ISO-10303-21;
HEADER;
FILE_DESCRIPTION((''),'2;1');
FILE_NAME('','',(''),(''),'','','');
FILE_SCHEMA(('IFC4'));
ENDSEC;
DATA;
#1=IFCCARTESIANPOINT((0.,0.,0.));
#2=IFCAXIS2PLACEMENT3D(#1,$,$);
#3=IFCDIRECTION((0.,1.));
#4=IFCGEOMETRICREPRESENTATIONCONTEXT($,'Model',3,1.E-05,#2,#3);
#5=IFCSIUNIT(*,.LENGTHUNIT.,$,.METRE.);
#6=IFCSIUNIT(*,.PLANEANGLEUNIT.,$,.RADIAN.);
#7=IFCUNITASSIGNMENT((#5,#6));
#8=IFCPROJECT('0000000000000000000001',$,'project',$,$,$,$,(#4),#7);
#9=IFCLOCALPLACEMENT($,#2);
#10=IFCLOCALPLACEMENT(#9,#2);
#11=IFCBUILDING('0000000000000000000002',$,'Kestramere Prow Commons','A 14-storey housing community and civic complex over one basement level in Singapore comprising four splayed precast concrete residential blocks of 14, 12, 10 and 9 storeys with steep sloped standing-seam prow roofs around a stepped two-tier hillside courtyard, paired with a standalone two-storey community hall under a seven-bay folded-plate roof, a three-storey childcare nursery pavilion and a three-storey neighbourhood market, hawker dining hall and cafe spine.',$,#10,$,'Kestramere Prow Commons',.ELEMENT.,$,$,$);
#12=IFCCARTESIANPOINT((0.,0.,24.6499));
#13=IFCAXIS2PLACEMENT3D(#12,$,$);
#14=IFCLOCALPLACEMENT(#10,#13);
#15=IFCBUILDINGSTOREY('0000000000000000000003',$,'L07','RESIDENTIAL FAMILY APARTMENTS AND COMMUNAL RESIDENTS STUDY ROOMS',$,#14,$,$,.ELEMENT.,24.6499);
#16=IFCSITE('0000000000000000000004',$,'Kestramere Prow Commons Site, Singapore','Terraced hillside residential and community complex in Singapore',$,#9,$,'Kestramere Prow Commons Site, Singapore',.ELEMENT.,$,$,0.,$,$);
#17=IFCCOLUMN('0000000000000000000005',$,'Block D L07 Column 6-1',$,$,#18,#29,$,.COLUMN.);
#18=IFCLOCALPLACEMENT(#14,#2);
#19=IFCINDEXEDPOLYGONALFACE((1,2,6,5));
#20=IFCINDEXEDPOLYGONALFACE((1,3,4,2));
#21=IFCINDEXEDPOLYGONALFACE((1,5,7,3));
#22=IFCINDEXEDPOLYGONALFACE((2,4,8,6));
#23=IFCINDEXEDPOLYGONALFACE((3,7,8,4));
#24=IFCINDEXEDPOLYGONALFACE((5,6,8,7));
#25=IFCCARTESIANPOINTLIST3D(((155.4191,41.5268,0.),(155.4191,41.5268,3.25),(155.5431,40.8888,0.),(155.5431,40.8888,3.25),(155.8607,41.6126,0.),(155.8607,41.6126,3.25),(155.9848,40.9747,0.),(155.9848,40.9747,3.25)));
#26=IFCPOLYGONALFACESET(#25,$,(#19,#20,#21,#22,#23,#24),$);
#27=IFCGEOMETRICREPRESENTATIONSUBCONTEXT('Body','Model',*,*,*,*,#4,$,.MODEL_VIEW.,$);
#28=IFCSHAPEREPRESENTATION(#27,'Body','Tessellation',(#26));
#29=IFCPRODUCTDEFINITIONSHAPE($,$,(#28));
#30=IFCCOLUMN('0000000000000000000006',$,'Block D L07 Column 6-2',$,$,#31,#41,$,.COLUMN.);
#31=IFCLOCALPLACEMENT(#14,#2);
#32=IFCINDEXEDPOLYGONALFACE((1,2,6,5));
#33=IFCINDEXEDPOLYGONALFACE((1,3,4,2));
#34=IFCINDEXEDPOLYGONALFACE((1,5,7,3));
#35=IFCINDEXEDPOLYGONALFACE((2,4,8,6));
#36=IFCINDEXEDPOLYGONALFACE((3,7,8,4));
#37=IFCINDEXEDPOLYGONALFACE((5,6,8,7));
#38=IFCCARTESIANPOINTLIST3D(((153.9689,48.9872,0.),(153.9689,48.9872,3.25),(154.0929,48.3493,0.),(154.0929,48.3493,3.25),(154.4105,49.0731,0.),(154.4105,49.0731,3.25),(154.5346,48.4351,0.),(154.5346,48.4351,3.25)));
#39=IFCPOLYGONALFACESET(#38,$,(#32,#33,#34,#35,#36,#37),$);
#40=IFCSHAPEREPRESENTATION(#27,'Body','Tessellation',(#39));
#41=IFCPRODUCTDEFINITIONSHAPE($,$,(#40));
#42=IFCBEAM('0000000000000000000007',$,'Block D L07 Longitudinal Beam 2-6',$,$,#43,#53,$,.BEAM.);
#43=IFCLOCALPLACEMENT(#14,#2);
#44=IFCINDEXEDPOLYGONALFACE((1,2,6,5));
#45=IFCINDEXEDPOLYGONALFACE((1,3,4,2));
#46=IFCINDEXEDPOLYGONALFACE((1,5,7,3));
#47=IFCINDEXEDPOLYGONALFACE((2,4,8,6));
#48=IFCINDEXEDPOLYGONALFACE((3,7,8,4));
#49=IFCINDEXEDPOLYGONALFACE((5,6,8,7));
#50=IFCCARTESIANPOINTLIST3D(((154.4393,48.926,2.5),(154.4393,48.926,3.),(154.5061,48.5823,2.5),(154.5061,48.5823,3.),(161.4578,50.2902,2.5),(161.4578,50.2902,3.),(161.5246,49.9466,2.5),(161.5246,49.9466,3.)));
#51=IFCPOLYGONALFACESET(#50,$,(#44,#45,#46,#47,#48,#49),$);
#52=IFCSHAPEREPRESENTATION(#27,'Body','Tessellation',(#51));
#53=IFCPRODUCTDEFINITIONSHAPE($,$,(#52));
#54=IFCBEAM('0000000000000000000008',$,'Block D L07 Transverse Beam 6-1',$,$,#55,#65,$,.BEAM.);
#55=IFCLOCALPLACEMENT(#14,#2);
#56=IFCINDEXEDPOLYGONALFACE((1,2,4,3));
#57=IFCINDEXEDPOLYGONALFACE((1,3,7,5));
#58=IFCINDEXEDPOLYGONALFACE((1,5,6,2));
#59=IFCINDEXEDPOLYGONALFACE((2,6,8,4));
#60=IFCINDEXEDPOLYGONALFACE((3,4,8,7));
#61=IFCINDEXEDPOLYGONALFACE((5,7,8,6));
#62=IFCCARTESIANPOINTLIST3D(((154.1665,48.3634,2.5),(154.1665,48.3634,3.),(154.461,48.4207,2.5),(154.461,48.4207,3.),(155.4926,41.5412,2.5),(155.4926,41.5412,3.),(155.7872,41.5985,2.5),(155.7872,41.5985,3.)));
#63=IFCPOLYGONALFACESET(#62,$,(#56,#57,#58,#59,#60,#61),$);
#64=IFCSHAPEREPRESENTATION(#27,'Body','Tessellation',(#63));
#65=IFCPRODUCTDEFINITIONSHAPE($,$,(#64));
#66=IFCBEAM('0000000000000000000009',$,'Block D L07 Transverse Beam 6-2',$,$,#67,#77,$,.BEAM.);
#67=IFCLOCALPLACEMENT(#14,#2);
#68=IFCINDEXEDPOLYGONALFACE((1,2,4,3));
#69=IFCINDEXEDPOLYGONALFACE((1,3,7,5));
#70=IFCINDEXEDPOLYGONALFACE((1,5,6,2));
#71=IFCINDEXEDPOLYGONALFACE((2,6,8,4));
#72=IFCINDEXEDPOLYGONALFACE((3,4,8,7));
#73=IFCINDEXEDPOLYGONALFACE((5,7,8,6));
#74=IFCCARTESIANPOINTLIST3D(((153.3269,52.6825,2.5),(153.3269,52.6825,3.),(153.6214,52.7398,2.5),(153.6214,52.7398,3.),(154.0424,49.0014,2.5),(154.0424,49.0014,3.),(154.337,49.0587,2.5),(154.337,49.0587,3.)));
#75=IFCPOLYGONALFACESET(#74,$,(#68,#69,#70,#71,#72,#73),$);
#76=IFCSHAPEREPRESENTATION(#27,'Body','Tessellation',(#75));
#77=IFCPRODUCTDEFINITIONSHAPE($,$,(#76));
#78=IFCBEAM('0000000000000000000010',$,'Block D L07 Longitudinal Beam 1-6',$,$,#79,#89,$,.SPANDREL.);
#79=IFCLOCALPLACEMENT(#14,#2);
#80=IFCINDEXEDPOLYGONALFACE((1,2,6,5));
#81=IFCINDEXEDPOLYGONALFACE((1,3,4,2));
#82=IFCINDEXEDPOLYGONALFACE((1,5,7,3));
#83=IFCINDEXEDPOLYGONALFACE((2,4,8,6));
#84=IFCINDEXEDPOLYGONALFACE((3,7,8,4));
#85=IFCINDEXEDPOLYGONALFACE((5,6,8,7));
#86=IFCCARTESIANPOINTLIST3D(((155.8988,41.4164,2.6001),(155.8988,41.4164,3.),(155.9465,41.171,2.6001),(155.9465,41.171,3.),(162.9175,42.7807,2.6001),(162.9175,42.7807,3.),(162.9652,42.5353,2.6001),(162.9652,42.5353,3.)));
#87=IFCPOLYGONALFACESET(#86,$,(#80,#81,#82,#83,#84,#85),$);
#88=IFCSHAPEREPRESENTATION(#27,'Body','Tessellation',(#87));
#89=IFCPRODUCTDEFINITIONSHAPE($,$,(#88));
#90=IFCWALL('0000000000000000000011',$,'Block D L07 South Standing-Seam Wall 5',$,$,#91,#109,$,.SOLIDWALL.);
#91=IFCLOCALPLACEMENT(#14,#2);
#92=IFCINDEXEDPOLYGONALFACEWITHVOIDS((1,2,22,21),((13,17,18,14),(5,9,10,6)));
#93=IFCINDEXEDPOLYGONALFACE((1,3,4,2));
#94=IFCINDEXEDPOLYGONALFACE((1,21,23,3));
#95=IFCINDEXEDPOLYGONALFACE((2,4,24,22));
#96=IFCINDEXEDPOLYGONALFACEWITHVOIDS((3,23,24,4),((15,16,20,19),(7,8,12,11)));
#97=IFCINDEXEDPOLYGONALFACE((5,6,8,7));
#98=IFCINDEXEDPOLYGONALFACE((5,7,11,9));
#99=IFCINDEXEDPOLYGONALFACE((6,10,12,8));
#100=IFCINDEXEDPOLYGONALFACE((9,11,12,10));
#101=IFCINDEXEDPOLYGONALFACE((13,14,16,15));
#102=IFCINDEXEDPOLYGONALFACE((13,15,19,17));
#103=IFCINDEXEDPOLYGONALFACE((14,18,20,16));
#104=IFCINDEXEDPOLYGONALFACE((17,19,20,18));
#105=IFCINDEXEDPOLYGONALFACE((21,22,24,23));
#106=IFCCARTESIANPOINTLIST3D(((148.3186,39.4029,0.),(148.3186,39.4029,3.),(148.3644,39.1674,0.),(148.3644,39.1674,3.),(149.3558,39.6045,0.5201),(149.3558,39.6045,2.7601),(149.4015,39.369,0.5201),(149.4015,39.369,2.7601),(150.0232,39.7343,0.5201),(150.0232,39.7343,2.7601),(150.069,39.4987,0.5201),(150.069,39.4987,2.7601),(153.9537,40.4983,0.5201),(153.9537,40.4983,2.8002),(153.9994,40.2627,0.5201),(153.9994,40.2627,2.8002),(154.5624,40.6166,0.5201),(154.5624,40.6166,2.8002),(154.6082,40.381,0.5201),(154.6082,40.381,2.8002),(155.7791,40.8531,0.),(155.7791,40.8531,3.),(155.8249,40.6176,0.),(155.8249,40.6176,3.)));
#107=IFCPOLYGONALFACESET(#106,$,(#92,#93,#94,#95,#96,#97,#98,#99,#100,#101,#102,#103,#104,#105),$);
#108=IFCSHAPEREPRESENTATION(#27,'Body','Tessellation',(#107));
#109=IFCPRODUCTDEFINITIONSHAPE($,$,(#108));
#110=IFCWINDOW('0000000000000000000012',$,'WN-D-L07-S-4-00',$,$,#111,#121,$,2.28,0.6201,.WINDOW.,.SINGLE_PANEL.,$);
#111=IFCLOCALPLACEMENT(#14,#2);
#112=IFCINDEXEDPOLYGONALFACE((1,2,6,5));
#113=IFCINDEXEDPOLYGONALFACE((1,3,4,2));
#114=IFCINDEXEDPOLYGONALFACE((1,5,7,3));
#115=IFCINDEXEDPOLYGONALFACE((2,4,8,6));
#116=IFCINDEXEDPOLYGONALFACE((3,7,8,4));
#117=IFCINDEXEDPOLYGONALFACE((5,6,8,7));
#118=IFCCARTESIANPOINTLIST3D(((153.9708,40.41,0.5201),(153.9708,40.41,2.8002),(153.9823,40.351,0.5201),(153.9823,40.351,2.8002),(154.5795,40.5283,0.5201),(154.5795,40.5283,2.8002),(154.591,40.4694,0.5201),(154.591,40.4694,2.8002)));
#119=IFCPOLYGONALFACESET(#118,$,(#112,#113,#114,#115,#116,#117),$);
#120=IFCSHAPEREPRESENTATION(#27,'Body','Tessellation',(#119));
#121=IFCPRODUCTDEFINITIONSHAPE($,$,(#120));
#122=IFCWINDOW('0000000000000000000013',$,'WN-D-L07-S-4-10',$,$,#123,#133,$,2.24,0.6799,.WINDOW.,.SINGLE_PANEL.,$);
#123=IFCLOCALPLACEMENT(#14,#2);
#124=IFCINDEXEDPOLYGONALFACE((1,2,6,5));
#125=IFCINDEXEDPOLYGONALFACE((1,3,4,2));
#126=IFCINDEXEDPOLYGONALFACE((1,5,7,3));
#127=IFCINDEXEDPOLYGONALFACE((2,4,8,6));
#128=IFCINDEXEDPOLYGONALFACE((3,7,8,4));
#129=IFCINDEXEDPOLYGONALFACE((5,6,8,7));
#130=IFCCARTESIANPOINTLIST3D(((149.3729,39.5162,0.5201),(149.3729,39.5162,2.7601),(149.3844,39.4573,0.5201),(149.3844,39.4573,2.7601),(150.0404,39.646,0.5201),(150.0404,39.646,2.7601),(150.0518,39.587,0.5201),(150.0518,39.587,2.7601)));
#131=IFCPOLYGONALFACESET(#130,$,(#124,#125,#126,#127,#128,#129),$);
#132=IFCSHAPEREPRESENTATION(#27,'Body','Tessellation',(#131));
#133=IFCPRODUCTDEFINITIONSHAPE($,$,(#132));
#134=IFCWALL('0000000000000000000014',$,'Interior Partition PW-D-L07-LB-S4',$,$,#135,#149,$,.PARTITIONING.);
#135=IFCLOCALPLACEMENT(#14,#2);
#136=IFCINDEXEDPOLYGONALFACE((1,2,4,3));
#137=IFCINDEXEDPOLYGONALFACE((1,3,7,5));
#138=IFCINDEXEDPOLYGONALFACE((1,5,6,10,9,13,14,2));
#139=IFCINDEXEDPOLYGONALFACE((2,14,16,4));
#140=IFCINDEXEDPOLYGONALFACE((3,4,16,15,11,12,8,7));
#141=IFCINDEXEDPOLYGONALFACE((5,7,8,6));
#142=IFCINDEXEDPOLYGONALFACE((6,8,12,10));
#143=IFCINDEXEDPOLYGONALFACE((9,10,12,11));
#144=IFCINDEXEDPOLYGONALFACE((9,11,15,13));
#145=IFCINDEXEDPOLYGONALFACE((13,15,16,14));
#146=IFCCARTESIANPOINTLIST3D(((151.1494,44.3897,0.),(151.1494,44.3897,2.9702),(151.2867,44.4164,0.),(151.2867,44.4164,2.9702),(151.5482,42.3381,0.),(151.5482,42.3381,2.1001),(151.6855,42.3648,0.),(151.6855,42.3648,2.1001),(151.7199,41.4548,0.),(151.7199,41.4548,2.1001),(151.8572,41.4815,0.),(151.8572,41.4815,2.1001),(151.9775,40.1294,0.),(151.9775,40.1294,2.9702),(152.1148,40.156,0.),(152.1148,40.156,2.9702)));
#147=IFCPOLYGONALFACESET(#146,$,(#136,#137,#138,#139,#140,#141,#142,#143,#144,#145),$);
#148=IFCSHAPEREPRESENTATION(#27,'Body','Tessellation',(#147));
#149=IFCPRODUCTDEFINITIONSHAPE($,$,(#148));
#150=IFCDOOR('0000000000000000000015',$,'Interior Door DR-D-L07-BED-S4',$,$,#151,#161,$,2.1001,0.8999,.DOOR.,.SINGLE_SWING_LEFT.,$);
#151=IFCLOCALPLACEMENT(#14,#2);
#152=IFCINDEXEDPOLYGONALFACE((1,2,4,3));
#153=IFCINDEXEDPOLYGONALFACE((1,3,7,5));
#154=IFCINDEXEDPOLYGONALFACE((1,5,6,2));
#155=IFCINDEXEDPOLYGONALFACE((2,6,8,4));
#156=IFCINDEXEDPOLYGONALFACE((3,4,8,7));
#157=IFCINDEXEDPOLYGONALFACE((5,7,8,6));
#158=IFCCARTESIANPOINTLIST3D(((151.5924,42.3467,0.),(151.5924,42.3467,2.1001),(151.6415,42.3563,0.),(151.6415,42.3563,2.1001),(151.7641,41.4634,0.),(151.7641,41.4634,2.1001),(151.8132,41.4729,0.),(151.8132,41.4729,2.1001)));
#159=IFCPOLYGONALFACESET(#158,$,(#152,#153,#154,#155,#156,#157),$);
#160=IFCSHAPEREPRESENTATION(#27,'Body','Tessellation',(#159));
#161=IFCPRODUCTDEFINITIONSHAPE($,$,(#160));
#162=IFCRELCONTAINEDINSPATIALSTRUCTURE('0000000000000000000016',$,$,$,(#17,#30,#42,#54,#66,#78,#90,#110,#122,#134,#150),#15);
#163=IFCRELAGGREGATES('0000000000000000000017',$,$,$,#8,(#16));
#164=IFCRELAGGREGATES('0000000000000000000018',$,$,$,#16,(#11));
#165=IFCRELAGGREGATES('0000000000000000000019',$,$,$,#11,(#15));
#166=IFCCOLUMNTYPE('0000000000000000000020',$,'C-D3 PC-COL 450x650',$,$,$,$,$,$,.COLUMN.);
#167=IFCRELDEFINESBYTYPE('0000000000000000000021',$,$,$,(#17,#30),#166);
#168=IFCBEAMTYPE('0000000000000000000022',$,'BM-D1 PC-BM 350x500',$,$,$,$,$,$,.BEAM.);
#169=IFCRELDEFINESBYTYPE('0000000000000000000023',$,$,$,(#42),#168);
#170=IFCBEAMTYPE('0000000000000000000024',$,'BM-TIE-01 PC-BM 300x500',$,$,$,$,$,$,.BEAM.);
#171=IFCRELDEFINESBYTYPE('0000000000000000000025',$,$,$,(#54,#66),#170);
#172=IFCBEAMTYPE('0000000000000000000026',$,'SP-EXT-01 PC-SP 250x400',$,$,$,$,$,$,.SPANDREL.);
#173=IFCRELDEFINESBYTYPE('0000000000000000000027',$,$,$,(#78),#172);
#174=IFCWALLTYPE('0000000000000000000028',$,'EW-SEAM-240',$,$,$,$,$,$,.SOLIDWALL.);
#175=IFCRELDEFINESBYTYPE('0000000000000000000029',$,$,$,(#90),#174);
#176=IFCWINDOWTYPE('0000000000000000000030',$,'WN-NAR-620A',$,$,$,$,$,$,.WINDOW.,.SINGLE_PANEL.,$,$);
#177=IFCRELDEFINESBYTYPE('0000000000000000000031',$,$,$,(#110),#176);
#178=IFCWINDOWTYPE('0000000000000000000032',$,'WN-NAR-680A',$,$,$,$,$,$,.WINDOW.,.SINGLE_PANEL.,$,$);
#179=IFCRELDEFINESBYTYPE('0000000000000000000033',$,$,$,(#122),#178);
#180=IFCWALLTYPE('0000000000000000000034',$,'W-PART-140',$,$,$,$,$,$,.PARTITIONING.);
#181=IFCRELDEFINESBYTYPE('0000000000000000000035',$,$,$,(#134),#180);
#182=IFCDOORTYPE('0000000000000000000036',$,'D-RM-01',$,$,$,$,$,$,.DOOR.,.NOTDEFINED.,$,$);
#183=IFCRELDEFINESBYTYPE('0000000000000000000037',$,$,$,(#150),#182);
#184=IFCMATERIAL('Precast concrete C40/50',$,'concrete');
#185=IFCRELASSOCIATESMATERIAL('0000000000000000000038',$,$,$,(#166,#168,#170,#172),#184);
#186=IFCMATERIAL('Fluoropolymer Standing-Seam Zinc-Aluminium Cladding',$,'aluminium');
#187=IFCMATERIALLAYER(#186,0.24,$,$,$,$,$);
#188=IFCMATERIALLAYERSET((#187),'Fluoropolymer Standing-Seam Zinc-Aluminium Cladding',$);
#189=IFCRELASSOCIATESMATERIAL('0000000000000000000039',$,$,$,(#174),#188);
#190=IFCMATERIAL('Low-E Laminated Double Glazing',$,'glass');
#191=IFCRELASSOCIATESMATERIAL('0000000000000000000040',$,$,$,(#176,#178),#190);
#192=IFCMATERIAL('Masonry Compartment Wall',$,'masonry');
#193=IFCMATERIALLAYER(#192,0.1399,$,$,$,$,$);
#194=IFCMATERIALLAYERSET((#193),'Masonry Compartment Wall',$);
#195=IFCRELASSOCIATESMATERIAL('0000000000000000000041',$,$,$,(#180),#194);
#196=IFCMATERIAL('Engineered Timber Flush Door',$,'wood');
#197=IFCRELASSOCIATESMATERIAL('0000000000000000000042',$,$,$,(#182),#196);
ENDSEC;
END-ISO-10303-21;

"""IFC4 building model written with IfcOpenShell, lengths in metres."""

from ifc_helpers import new_model, si_unit, direction, frame, frame_2d, origin, origin_2d, place, context, subcontext, project, spatial, rectangle, extrude, material, layer, layer_set, material_profile, profile_set, type_object, element, fill, save


model = new_model("IFC4")

# Units and contexts
model_context = context("Model", 3, precision=1e-05, world=origin(), true_north=direction((0.0, 1.0)))
body_context = subcontext(model_context, "Body", "Model", "MODEL_VIEW")
ifc_project = project(units=[si_unit("LENGTHUNIT", "METRE"), si_unit("PLANEANGLEUNIT", "RADIAN")], contexts=[model_context])

# Site, building, storey
site_placement = place(None, origin())
site = spatial("IfcSite", under=ifc_project, at=site_placement, Name="Kestramere Prow Commons Site, Singapore", Description="Terraced hillside residential and community complex in Singapore", LongName="Kestramere Prow Commons Site, Singapore", CompositionType="ELEMENT", RefElevation=0.0)
building_placement = place(site_placement, origin())
building = spatial("IfcBuilding", under=site, at=building_placement, Name="Kestramere Prow Commons", Description="A 14-storey housing community and civic complex over one basement level in Singapore comprising four splayed precast concrete residential blocks of 14, 12, 10 and 9 storeys with steep sloped standing-seam prow roofs around a stepped two-tier hillside courtyard, paired with a standalone two-storey community hall under a seven-bay folded-plate roof, a three-storey childcare nursery pavilion and a three-storey neighbourhood market, hawker dining hall and cafe spine.", LongName="Kestramere Prow Commons", CompositionType="ELEMENT")
storey_placement = place(building_placement, frame((0.0, 0.0, 24.6499)))
storey = spatial("IfcBuildingStorey", under=building, at=storey_placement, Name="L07", Description="RESIDENTIAL FAMILY APARTMENTS AND COMMUNAL RESIDENTS STUDY ROOMS", CompositionType="ELEMENT", Elevation=24.6499)

# Columns
ifc_material_1 = material(Name="Precast concrete C40/50", Category="concrete")
ifc_material_profile_1 = material_profile(ifc_material_1, rectangle(XDim=0.45, YDim=0.6499, at=origin_2d()), Name="PC-COL 450x650")
ifc_profile_set_1 = profile_set([ifc_material_profile_1], Name="Precast concrete C40/50")
column_type = type_object("IfcColumnType", Name="C-D3 PC-COL 450x650", PredefinedType="COLUMN", material=ifc_profile_set_1)
for number, where, z_axis, x_axis, name in (
    (1, (155.7019, 41.2507, 0.0), (0.0, 0.0, 1.0), (0.981627, 0.190809, 0.0), "Block D L07 Column 6-1"),
    (2, (154.2517, 48.7112, 0.0), (0.0, 0.0, 1.0), (0.981627, 0.190809, 0.0), "Block D L07 Column 6-2"),
):
    element("IfcColumn", number, at=place(storey_placement, frame(where, z_axis=z_axis, x_axis=x_axis)), inside=storey, type_object=column_type, Name=name, PredefinedType="COLUMN", context=body_context, shape_type="SweptSolid", body=[
        extrude(rectangle(XDim=0.45, YDim=0.6499, at=origin_2d()), origin(), (0.0, 0.0, 1.0), 3.25),
    ])

# Beams
ifc_material_profile_2 = material_profile(ifc_material_1, rectangle(XDim=0.3501, YDim=0.5, at=origin_2d()), Name="PC-BM 350x500")
ifc_profile_set_2 = profile_set([ifc_material_profile_2], Name="Precast concrete C40/50")
beam_type_1 = type_object("IfcBeamType", Name="BM-D1 PC-BM 350x500", PredefinedType="BEAM", material=ifc_profile_set_2)
beam_1_placement = place(storey_placement, frame((154.4727, 48.7542, 2.75), z_axis=(0.981627, 0.190808, 0.0), x_axis=(-0.190808, 0.981627, 0.0)))
element("IfcBeam", 3, at=beam_1_placement, inside=storey, type_object=beam_type_1, Name="Block D L07 Longitudinal Beam 2-6", PredefinedType="BEAM", context=body_context, shape_type="SweptSolid", body=[
    extrude(rectangle(XDim=0.3501, YDim=0.5, at=origin_2d()), origin(), (0.0, 0.0, 1.0), 7.1499),
])
ifc_material_profile_3 = material_profile(ifc_material_1, rectangle(XDim=0.3, YDim=0.5, at=origin_2d()), Name="PC-BM 300x500")
ifc_profile_set_3 = profile_set([ifc_material_profile_3], Name="Precast concrete C40/50")
beam_type_2 = type_object("IfcBeamType", Name="BM-TIE-01 PC-BM 300x500", PredefinedType="BEAM", material=ifc_profile_set_3)
beam_2_placement = place(storey_placement, frame((155.6399, 41.5698, 2.75), z_axis=(-0.190817, 0.981626, 0.0), x_axis=(-0.981626, -0.190817, 0.0)))
element("IfcBeam", 4, at=beam_2_placement, inside=storey, type_object=beam_type_2, Name="Block D L07 Transverse Beam 6-1", PredefinedType="BEAM", context=body_context, shape_type="SweptSolid", body=[
    extrude(rectangle(XDim=0.3, YDim=0.5, at=origin_2d()), origin(), (0.0, 0.0, 1.0), 6.95),
])
beam_3_placement = place(storey_placement, frame((154.1897, 49.03, 2.75), z_axis=(-0.190817, 0.981626, 0.0), x_axis=(-0.981626, -0.190817, 0.0)))
element("IfcBeam", 5, at=beam_3_placement, inside=storey, type_object=beam_type_2, Name="Block D L07 Transverse Beam 6-2", PredefinedType="BEAM", context=body_context, shape_type="SweptSolid", body=[
    extrude(rectangle(XDim=0.3, YDim=0.5, at=origin_2d()), origin(), (0.0, 0.0, 1.0), 3.75),
])
ifc_material_profile_4 = material_profile(ifc_material_1, rectangle(XDim=0.25, YDim=0.3999, at=origin_2d()), Name="PC-SP 250x400")
ifc_profile_set_4 = profile_set([ifc_material_profile_4], Name="Precast concrete C40/50")
beam_type_3 = type_object("IfcBeamType", Name="SP-EXT-01 PC-SP 250x400", PredefinedType="SPANDREL", material=ifc_profile_set_4)
beam_4_placement = place(storey_placement, frame((155.9226, 41.2937, 2.8), z_axis=(0.981629, 0.190801, 0.0), x_axis=(-0.190801, 0.981629, 0.0)))
element("IfcBeam", 6, at=beam_4_placement, inside=storey, type_object=beam_type_3, Name="Block D L07 Longitudinal Beam 1-6", PredefinedType="SPANDREL", context=body_context, shape_type="SweptSolid", body=[
    extrude(rectangle(XDim=0.25, YDim=0.3999, at=origin_2d()), origin(), (0.0, 0.0, 1.0), 7.1501),
])

# Wall, openings, windows
ifc_material_2 = material(Name="Fluoropolymer Standing-Seam Zinc-Aluminium Cladding", Category="aluminium")
ifc_layer_1 = layer(ifc_material_2, 0.24)
ifc_layer_set_1 = layer_set([ifc_layer_1], Name="Fluoropolymer Standing-Seam Zinc-Aluminium Cladding")
wall_type_1 = type_object("IfcWallType", Name="EW-SEAM-240", PredefinedType="SOLIDWALL", material=ifc_layer_set_1)
wall_1_placement = place(storey_placement, frame((155.802, 40.7354, 0.0), z_axis=(0.0, 0.0, 1.0), x_axis=(-0.981626, -0.190813, 0.0)))
wall_1 = element("IfcWall", 7, at=wall_1_placement, inside=storey, type_object=wall_type_1, Name="Block D L07 South Standing-Seam Wall 5", PredefinedType="SOLIDWALL", context=body_context, shape_type="SweptSolid", body=[
    extrude(rectangle(XDim=7.6001, YDim=0.24, at=frame_2d((3.8, 0.0))), origin(), (0.0, 0.0, 1.0), 3.0),
])
opening_1_placement = place(wall_1_placement, frame((1.2395, 0.0, 0.52)))
opening_1 = element("IfcOpeningElement", 8, at=opening_1_placement, cuts=wall_1, PredefinedType="OPENING", context=body_context, shape_type="SweptSolid", body=[
    extrude(rectangle(XDim=0.6201, YDim=2.28, at=frame_2d((0.3101, 1.1401))), frame((0.0, 0.135, 0.0), z_axis=(0.0, -1.0, 0.0), x_axis=(1.0, 0.0, 0.0)), (0.0, 0.0, 1.0), 0.27),
])
opening_2_placement = place(wall_1_placement, frame((5.8638, 0.0, 0.52)))
opening_2 = element("IfcOpeningElement", 9, at=opening_2_placement, cuts=wall_1, PredefinedType="OPENING", context=body_context, shape_type="SweptSolid", body=[
    extrude(rectangle(XDim=0.6799, YDim=2.24, at=frame_2d((0.3398, 1.1201))), frame((0.0, 0.135, 0.0), z_axis=(0.0, -1.0, 0.0), x_axis=(1.0, 0.0, 0.0)), (0.0, 0.0, 1.0), 0.27),
])
ifc_material_3 = material(Name="Low-E Laminated Double Glazing", Category="glass")
window_type_1 = type_object("IfcWindowType", Name="WN-NAR-620A", PartitioningType="SINGLE_PANEL", PredefinedType="WINDOW", material=ifc_material_3)
window_1_placement = place(opening_1_placement, origin())
window_1 = element("IfcWindow", 10, at=window_1_placement, inside=storey, type_object=window_type_1, Name="WN-D-L07-S-4-00", OverallHeight=2.28, OverallWidth=0.6201, PartitioningType="SINGLE_PANEL", PredefinedType="WINDOW", context=body_context, shape_type="SweptSolid", body=[
    extrude(rectangle(XDim=0.6201, YDim=2.28, at=frame_2d((0.3101, 1.1401))), frame((0.0, 0.03, 0.0), z_axis=(0.0, -1.0, 0.0), x_axis=(1.0, 0.0, 0.0)), (0.0, 0.0, 1.0), 0.0601),
])
fill(opening_1, window_1)
window_type_2 = type_object("IfcWindowType", Name="WN-NAR-680A", PartitioningType="SINGLE_PANEL", PredefinedType="WINDOW", material=ifc_material_3)
window_2_placement = place(opening_2_placement, origin())
window_2 = element("IfcWindow", 11, at=window_2_placement, inside=storey, type_object=window_type_2, Name="WN-D-L07-S-4-10", OverallHeight=2.24, OverallWidth=0.6799, PartitioningType="SINGLE_PANEL", PredefinedType="WINDOW", context=body_context, shape_type="SweptSolid", body=[
    extrude(rectangle(XDim=0.6799, YDim=2.24, at=frame_2d((0.3398, 1.1201))), frame((0.0, 0.03, 0.0), z_axis=(0.0, -1.0, 0.0), x_axis=(1.0, 0.0, 0.0)), (0.0, 0.0, 1.0), 0.0601),
])
fill(opening_2, window_2)

# Wall, opening, door
ifc_material_4 = material(Name="Masonry Compartment Wall", Category="masonry")
ifc_layer_2 = layer(ifc_material_4, 0.1399)
ifc_layer_set_2 = layer_set([ifc_layer_2], Name="Masonry Compartment Wall")
wall_type_2 = type_object("IfcWallType", Name="W-PART-140", PredefinedType="PARTITIONING", material=ifc_layer_set_2)
wall_2_placement = place(storey_placement, frame((152.0461, 40.1428, 0.0), z_axis=(0.0, 0.0, 1.0), x_axis=(-0.190812, 0.981627, 0.0)))
wall_2 = element("IfcWall", 12, at=wall_2_placement, inside=storey, type_object=wall_type_2, Name="Interior Partition PW-D-L07-LB-S4", PredefinedType="PARTITIONING", context=body_context, shape_type="SweptSolid", body=[
    extrude(rectangle(XDim=4.3401, YDim=0.1399, at=frame_2d((2.1699, 0.0))), origin(), (0.0, 0.0, 1.0), 2.9702),
])
opening_3_placement = place(wall_2_placement, frame((1.3501, 0.0, 0.0)))
opening_3 = element("IfcOpeningElement", 13, at=opening_3_placement, cuts=wall_2, PredefinedType="OPENING", context=body_context, shape_type="SweptSolid", body=[
    extrude(rectangle(XDim=0.8999, YDim=2.1001, at=frame_2d((0.45, 1.05))), frame((0.0, 0.085, 0.0), z_axis=(0.0, -1.0, 0.0), x_axis=(1.0, 0.0, 0.0)), (0.0, 0.0, 1.0), 0.1699),
])
ifc_material_5 = material(Name="Engineered Timber Flush Door", Category="wood")
door_type_1 = type_object("IfcDoorType", Name="D-RM-01", OperationType="NOTDEFINED", PredefinedType="DOOR", material=ifc_material_5)
door_1_placement = place(opening_3_placement, origin())
door_1 = element("IfcDoor", 14, at=door_1_placement, inside=storey, type_object=door_type_1, Name="Interior Door DR-D-L07-BED-S4", OperationType="SINGLE_SWING_LEFT", OverallHeight=2.1001, OverallWidth=0.8999, PredefinedType="DOOR", context=body_context, shape_type="SweptSolid", body=[
    extrude(rectangle(XDim=0.8999, YDim=2.1001, at=frame_2d((0.45, 1.05))), frame((0.0, 0.0249, 0.0), z_axis=(0.0, -1.0, 0.0), x_axis=(1.0, 0.0, 0.0)), (0.0, 0.0, 1.0), 0.05),
])
fill(opening_3, door_1)

save(model, "model.ifc")
